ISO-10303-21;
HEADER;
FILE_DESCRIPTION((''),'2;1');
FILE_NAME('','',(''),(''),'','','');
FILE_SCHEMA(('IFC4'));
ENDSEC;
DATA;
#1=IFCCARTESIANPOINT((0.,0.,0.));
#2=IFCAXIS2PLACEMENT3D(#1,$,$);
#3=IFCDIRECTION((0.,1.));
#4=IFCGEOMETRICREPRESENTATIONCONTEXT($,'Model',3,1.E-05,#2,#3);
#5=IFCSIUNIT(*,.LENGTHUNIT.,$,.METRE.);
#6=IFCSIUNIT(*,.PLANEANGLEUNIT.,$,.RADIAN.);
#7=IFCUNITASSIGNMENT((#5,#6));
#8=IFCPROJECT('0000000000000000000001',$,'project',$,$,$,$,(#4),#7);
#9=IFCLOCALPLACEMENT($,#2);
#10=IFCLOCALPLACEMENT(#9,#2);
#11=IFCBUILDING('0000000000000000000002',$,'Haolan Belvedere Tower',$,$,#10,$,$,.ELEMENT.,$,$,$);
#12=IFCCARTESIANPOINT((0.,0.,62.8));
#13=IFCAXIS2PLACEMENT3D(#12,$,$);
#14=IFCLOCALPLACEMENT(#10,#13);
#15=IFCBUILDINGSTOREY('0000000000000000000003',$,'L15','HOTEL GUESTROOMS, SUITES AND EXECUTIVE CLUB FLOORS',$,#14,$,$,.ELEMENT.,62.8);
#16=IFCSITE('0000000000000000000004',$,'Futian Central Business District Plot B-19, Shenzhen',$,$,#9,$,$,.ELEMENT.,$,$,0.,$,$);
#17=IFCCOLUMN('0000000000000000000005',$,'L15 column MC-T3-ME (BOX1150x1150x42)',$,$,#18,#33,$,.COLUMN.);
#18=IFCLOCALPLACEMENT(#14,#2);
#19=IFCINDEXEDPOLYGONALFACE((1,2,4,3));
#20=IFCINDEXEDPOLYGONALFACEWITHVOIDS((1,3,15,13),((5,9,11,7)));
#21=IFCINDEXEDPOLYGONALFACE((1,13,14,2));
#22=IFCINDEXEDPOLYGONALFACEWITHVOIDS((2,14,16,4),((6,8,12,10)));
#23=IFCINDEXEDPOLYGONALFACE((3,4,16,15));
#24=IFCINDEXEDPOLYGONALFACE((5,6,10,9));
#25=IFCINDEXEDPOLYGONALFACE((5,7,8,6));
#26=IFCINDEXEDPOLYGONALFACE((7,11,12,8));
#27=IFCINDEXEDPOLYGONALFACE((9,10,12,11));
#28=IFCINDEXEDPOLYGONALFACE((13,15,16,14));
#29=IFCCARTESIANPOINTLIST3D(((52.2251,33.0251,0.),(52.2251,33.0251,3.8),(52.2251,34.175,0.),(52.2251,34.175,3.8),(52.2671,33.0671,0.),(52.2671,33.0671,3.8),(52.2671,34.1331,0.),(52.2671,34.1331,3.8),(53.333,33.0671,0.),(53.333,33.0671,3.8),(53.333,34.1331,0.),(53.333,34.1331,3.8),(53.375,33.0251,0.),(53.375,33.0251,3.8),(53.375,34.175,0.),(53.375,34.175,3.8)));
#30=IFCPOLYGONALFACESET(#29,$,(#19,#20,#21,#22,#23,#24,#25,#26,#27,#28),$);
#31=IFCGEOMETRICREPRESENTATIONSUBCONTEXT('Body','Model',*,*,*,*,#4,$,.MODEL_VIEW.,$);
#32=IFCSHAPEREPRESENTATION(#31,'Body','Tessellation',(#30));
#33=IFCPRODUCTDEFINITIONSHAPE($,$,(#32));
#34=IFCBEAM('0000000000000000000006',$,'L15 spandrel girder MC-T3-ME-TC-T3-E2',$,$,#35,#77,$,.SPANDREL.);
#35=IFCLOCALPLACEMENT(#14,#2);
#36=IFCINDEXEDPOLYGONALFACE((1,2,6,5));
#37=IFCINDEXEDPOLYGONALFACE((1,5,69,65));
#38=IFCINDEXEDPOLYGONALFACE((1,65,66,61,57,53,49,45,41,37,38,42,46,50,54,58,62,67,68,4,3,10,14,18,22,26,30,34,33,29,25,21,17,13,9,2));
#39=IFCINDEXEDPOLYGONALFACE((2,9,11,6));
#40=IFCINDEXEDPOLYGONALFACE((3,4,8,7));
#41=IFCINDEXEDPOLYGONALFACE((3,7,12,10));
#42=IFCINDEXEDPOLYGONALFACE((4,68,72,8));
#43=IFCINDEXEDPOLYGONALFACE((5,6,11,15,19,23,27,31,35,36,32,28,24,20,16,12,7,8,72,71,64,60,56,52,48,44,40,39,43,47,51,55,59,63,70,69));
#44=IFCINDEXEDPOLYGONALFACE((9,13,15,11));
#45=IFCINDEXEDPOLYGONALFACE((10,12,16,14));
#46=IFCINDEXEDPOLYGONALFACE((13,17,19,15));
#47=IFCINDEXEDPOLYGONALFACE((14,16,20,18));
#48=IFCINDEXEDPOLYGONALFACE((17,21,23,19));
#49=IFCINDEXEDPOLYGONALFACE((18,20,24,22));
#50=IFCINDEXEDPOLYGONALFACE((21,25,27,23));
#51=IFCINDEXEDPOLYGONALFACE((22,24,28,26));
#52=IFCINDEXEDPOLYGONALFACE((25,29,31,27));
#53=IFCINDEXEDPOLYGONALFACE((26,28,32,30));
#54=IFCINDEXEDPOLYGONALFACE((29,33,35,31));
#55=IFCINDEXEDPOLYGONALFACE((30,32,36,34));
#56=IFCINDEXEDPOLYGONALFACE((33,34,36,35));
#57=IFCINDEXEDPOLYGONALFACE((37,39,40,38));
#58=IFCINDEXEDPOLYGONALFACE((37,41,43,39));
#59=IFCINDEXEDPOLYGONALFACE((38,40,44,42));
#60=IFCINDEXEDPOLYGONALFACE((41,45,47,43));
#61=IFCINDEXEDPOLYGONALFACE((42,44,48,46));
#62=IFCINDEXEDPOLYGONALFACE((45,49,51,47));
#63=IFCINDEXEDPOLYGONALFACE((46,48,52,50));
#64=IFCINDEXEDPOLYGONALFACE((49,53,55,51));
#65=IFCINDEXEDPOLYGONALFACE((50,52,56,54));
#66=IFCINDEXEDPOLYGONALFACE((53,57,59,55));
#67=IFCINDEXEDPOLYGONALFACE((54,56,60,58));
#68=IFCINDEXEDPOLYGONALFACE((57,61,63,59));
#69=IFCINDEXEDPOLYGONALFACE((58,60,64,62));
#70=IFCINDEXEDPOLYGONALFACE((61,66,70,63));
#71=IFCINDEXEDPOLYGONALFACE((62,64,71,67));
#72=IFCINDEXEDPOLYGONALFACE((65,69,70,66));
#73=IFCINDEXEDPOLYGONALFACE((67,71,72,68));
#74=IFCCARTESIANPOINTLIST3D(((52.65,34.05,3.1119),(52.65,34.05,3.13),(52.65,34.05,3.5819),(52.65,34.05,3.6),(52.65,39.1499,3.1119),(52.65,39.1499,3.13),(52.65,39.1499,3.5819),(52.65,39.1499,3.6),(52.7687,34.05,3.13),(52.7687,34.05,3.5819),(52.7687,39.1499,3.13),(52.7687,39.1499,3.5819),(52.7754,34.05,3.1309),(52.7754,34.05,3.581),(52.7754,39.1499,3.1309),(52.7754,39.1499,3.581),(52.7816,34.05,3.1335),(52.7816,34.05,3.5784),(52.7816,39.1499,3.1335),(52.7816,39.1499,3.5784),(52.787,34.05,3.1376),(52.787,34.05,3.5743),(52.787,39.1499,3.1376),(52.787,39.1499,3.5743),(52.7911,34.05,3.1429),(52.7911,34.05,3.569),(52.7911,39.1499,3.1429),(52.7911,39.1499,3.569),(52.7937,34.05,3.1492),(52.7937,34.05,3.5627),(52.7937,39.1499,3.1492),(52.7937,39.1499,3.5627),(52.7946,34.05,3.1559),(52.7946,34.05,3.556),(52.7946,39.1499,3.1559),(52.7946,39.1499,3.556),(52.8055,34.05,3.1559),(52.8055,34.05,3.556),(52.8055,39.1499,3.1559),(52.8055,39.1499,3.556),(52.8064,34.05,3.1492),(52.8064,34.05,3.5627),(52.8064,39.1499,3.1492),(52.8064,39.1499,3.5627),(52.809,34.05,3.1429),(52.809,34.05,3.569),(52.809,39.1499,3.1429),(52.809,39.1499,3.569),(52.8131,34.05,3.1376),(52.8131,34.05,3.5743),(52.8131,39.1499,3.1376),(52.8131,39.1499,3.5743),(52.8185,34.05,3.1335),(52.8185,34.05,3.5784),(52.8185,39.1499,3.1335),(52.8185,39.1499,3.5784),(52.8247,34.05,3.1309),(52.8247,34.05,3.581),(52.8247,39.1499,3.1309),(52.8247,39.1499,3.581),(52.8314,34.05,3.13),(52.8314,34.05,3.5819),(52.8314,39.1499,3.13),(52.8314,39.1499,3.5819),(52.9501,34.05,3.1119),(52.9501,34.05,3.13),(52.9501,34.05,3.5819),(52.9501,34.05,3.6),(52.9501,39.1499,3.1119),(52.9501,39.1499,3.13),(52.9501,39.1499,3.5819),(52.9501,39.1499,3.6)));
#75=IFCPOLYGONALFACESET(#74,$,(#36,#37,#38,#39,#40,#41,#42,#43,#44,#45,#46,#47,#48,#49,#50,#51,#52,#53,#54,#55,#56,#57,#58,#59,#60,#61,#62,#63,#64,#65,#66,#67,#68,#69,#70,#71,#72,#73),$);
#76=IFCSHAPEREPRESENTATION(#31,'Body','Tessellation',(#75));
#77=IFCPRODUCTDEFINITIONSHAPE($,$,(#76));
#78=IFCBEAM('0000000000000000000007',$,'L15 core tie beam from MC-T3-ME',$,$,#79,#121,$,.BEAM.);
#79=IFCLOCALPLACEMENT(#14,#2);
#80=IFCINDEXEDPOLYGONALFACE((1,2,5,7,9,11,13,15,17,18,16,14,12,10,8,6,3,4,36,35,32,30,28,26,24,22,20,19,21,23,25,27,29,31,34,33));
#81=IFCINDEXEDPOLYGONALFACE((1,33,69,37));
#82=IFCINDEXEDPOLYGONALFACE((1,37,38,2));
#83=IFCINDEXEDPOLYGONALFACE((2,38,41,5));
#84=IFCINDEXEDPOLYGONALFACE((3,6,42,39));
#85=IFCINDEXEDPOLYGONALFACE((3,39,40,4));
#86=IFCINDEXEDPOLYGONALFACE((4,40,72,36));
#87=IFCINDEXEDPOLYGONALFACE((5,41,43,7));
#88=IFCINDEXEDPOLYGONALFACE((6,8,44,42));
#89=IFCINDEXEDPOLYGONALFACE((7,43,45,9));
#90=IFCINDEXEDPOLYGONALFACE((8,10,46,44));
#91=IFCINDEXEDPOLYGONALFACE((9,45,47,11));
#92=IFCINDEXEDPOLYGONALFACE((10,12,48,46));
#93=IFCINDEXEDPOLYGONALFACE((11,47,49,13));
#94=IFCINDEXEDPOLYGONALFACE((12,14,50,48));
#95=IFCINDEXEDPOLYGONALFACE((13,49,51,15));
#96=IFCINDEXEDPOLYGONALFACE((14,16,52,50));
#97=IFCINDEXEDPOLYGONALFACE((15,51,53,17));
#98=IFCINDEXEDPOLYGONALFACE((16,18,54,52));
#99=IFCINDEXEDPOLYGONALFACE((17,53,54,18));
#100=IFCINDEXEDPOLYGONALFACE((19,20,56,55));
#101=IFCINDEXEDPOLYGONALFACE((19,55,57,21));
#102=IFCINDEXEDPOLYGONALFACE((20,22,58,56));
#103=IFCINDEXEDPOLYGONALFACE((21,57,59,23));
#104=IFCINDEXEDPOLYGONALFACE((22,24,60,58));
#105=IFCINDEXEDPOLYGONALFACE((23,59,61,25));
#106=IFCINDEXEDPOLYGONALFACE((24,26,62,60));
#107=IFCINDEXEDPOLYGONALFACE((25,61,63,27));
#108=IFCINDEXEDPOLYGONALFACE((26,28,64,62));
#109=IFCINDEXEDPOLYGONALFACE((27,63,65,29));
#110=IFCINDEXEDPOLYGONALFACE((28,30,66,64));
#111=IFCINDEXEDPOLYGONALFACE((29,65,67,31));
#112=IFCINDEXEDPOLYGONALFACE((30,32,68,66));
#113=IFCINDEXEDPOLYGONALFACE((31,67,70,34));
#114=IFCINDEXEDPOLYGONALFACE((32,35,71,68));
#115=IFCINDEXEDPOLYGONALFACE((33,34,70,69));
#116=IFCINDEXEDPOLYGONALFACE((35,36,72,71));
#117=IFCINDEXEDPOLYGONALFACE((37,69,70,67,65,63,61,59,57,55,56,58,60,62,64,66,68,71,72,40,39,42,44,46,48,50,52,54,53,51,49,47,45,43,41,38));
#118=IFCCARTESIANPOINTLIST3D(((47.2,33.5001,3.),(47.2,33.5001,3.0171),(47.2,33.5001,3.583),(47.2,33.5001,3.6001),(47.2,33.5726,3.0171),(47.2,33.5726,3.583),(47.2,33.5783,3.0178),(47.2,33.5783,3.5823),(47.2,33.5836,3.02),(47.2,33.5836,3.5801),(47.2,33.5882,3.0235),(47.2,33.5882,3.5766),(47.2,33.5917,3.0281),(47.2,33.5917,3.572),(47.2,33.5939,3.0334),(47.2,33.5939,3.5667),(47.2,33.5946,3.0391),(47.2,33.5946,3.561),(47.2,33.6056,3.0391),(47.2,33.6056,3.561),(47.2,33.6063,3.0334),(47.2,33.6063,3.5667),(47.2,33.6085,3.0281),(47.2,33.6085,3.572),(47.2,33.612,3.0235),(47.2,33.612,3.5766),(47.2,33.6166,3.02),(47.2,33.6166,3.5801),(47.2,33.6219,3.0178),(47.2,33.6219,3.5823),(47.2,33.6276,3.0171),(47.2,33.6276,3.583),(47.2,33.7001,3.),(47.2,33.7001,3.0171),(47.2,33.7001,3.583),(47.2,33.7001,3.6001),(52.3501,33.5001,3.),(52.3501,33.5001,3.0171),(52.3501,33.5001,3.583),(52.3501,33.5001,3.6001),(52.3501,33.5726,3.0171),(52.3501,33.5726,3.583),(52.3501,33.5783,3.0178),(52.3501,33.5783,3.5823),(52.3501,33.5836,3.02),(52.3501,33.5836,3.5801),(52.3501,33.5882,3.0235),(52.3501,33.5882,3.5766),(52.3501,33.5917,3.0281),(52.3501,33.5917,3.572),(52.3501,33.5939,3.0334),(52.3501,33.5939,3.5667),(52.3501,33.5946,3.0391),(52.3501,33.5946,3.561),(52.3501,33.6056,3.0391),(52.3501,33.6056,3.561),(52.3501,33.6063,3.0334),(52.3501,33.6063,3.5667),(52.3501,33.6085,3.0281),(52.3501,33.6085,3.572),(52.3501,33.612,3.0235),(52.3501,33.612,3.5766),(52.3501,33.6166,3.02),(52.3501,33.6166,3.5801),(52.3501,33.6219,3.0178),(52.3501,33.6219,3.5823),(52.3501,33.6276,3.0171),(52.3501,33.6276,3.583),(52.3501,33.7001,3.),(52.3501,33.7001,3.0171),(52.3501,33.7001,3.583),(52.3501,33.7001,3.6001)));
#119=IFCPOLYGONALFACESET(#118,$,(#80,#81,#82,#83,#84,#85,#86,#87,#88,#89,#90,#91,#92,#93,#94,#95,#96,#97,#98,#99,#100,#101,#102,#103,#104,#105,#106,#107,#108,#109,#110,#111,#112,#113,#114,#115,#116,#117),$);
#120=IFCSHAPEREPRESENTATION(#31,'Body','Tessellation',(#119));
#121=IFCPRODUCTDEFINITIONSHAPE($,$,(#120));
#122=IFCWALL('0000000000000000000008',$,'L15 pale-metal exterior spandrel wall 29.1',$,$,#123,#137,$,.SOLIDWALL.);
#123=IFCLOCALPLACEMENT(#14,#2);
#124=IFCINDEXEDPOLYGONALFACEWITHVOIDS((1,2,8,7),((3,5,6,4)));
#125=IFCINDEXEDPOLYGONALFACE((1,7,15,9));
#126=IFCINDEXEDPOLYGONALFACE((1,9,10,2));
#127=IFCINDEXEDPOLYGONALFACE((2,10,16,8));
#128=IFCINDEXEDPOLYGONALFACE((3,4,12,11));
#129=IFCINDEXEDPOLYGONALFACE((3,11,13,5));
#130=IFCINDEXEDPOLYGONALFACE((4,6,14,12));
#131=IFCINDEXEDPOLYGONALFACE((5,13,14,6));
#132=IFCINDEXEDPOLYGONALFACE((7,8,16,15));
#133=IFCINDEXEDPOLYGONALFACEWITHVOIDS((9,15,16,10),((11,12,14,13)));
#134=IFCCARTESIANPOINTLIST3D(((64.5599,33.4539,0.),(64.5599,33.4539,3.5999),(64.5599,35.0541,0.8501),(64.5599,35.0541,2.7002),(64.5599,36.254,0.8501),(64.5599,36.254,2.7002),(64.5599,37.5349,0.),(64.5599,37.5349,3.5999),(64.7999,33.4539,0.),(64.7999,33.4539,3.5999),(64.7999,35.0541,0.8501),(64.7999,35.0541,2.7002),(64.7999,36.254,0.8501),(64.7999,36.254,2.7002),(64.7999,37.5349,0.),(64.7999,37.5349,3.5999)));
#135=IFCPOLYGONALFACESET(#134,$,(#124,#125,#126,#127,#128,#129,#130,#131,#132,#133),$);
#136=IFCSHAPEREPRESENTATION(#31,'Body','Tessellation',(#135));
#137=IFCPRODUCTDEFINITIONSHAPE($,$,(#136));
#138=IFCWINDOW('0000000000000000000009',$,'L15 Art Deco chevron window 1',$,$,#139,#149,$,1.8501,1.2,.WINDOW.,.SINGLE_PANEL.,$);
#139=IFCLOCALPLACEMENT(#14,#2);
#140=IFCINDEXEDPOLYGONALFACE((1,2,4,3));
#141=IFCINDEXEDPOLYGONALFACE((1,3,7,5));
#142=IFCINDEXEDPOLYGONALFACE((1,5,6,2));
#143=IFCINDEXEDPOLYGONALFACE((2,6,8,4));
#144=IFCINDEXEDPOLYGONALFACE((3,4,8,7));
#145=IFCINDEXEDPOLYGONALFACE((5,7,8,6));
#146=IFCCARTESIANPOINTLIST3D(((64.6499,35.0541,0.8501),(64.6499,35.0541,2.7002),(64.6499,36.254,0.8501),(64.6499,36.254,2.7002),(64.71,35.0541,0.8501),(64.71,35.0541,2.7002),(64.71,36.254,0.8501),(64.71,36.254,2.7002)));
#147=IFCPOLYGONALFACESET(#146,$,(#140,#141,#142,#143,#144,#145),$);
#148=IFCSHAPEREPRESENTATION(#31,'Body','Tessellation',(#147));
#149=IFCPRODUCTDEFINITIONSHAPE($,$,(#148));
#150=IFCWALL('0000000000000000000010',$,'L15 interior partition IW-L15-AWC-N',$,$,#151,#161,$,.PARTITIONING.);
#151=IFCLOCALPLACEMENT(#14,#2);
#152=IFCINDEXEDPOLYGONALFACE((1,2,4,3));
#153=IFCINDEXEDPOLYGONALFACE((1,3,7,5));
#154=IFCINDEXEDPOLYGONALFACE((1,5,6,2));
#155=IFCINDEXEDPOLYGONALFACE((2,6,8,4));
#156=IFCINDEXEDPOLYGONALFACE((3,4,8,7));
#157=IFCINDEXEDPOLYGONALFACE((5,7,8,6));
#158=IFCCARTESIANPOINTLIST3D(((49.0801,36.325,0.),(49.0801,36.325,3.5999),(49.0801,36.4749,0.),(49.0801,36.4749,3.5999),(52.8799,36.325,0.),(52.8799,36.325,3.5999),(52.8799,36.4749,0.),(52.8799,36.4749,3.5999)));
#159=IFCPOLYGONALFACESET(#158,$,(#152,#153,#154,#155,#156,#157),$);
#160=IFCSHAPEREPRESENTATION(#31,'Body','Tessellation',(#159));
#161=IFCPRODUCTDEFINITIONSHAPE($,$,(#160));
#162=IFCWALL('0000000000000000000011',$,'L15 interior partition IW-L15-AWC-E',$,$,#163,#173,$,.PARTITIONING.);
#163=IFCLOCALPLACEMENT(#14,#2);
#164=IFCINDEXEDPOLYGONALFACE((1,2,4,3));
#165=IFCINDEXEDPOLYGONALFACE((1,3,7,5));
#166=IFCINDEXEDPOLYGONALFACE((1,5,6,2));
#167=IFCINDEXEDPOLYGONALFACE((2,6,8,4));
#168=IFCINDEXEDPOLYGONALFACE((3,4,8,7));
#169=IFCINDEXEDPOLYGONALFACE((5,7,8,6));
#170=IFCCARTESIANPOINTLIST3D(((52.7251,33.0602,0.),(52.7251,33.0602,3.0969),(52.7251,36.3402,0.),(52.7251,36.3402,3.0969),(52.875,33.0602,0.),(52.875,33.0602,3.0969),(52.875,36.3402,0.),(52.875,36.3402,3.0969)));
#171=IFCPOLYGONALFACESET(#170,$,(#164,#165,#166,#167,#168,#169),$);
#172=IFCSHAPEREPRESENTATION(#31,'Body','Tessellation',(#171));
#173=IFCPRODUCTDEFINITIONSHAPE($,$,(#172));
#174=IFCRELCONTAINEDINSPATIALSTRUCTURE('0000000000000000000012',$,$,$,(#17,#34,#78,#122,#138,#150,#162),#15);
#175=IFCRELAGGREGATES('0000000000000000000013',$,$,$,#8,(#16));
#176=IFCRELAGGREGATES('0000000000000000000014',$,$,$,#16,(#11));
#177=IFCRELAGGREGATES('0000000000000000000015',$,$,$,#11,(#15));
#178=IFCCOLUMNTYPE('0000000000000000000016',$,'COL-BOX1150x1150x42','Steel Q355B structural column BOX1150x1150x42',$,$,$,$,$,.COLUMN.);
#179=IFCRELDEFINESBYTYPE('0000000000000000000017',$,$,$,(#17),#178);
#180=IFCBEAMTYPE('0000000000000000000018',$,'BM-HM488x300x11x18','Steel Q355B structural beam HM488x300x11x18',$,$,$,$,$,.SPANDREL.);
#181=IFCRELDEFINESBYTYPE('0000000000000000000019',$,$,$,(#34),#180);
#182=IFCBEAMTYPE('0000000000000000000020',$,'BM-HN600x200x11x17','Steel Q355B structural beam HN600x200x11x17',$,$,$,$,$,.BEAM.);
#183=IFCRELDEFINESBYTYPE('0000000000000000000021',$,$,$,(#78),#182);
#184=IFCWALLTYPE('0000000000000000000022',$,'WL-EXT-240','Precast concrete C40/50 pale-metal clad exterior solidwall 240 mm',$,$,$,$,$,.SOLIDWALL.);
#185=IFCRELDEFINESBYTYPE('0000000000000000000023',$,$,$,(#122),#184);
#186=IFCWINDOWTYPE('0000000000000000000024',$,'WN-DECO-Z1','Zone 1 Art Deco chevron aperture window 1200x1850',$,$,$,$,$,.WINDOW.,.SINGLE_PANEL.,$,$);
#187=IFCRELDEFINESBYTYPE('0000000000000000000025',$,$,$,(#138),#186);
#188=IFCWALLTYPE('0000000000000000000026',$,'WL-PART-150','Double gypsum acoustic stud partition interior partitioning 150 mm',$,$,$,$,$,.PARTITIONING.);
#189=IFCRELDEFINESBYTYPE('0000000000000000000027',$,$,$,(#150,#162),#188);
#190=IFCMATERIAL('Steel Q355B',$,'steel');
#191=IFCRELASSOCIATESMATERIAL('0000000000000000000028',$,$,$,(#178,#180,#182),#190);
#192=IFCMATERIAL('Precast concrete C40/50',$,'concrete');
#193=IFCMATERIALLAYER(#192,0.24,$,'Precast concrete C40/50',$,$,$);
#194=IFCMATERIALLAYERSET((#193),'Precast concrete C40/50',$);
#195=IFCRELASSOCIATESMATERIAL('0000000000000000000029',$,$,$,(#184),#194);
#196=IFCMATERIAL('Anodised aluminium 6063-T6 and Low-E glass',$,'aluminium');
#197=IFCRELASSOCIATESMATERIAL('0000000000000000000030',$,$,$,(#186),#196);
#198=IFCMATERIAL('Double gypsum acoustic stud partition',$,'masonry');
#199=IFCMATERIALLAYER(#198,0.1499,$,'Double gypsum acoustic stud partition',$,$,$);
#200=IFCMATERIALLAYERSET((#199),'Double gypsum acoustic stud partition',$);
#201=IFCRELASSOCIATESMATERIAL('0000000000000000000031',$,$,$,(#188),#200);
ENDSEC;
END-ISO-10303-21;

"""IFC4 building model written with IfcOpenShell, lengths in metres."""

from ifc_helpers import new_model, si_unit, direction, frame, frame_2d, origin, origin_2d, place, context, subcontext, project, spatial, rectangle, hollow_rectangle, i_section, extrude, material, layer, layer_set, material_profile, profile_set, type_object, element, fill, save


model = new_model("IFC4")

# Units and contexts
model_context = context("Model", 3, precision=1e-05, world=origin(), true_north=direction((0.0, 1.0)))
body_context = subcontext(model_context, "Body", "Model", "MODEL_VIEW")
ifc_project = project(units=[si_unit("LENGTHUNIT", "METRE"), si_unit("PLANEANGLEUNIT", "RADIAN")], contexts=[model_context])

# Site, building, storey
site_placement = place(None, origin())
site = spatial("IfcSite", under=ifc_project, at=site_placement, Name="Futian Central Business District Plot B-19, Shenzhen", CompositionType="ELEMENT", RefElevation=0.0)
building_placement = place(site_placement, origin())
building = spatial("IfcBuilding", under=site, at=building_placement, Name="Haolan Belvedere Tower", CompositionType="ELEMENT")
storey_placement = place(building_placement, frame((0.0, 0.0, 62.8)))
storey = spatial("IfcBuildingStorey", under=building, at=storey_placement, Name="L15", Description="HOTEL GUESTROOMS, SUITES AND EXECUTIVE CLUB FLOORS", CompositionType="ELEMENT", Elevation=62.8)

# Column
ifc_material_1 = material(Name="Steel Q355B", Category="steel")
ifc_material_profile_1 = material_profile(ifc_material_1, hollow_rectangle(XDim=1.1499, YDim=1.1499, WallThickness=0.042, at=origin_2d()), Name="Steel Q355B")
ifc_profile_set_1 = profile_set([ifc_material_profile_1], Name="Steel Q355B")
column_type = type_object("IfcColumnType", Name="COL-BOX1150x1150x42", Description="Steel Q355B structural column BOX1150x1150x42", PredefinedType="COLUMN", material=ifc_profile_set_1)
column_placement = place(storey_placement, frame((52.8, 33.6001, 0.0), z_axis=(0.0, 0.0, 1.0), x_axis=(1.0, 0.0, 0.0)))
element("IfcColumn", 1, at=column_placement, inside=storey, type_object=column_type, Name="L15 column MC-T3-ME (BOX1150x1150x42)", PredefinedType="COLUMN", context=body_context, shape_type="SweptSolid", body=[
    extrude(hollow_rectangle(XDim=1.1499, YDim=1.1499, WallThickness=0.042, at=origin_2d()), origin(), (0.0, 0.0, 1.0), 3.8),
])

# Beams
ifc_material_profile_2 = material_profile(ifc_material_1, i_section(OverallWidth=0.3, OverallDepth=0.488, WebThickness=0.011, FlangeThickness=0.0181, FilletRadius=0.0259, at=origin_2d()), Name="Steel Q355B")
ifc_profile_set_2 = profile_set([ifc_material_profile_2], Name="Steel Q355B")
beam_type_1 = type_object("IfcBeamType", Name="BM-HM488x300x11x18", Description="Steel Q355B structural beam HM488x300x11x18", PredefinedType="SPANDREL", material=ifc_profile_set_2)
beam_1_placement = place(storey_placement, frame((52.8, 34.05, 3.356), z_axis=(0.0, 1.0, 0.0), x_axis=(-1.0, 0.0, 0.0)))
element("IfcBeam", 2, at=beam_1_placement, inside=storey, type_object=beam_type_1, Name="L15 spandrel girder MC-T3-ME-TC-T3-E2", PredefinedType="SPANDREL", context=body_context, shape_type="SweptSolid", body=[
    extrude(i_section(OverallWidth=0.3, OverallDepth=0.488, WebThickness=0.011, FlangeThickness=0.0181, FilletRadius=0.0259, at=origin_2d()), origin(), (0.0, 0.0, 1.0), 5.0999),
])
ifc_material_profile_3 = material_profile(ifc_material_1, i_section(OverallWidth=0.2, OverallDepth=0.6001, WebThickness=0.011, FlangeThickness=0.0171, FilletRadius=0.022, at=origin_2d()), Name="Steel Q355B")
ifc_profile_set_3 = profile_set([ifc_material_profile_3], Name="Steel Q355B")
beam_type_2 = type_object("IfcBeamType", Name="BM-HN600x200x11x17", Description="Steel Q355B structural beam HN600x200x11x17", PredefinedType="BEAM", material=ifc_profile_set_3)
beam_2_placement = place(storey_placement, frame((52.3501, 33.6001, 3.3), z_axis=(-1.0, 0.0, 0.0), x_axis=(0.0, -1.0, 0.0)))
element("IfcBeam", 3, at=beam_2_placement, inside=storey, type_object=beam_type_2, Name="L15 core tie beam from MC-T3-ME", PredefinedType="BEAM", context=body_context, shape_type="SweptSolid", body=[
    extrude(i_section(OverallWidth=0.2, OverallDepth=0.6001, WebThickness=0.011, FlangeThickness=0.0171, FilletRadius=0.022, at=origin_2d()), origin(), (0.0, 0.0, 1.0), 5.1501),
])

# Wall, opening, window
ifc_material_2 = material(Name="Precast concrete C40/50", Category="concrete")
ifc_layer_1 = layer(ifc_material_2, 0.24, Name="Precast concrete C40/50")
ifc_layer_set_1 = layer_set([ifc_layer_1], Name="Precast concrete C40/50")
wall_type_1 = type_object("IfcWallType", Name="WL-EXT-240", Description="Precast concrete C40/50 pale-metal clad exterior solidwall 240 mm", PredefinedType="SOLIDWALL", material=ifc_layer_set_1)
wall_1_placement = place(storey_placement, frame((64.6799, 33.4539, 0.0), z_axis=(0.0, 0.0, 1.0), x_axis=(0.0, 1.0, 0.0)))
wall_1 = element("IfcWall", 4, at=wall_1_placement, inside=storey, type_object=wall_type_1, Name="L15 pale-metal exterior spandrel wall 29.1", PredefinedType="SOLIDWALL", context=body_context, shape_type="SweptSolid", body=[
    extrude(rectangle(XDim=4.0811, YDim=0.24, at=frame_2d((2.0405, 0.0))), origin(), (0.0, 0.0, 1.0), 3.5999),
])
opening_1_placement = place(wall_1_placement, frame((1.6001, 0.0, 0.8501)))
opening_1 = element("IfcOpeningElement", 5, at=opening_1_placement, cuts=wall_1, PredefinedType="OPENING", context=body_context, shape_type="SweptSolid", body=[
    extrude(rectangle(XDim=1.2, YDim=1.8501, at=frame_2d((0.6001, 0.925))), frame((0.0, 0.1299, 0.0), z_axis=(0.0, -1.0, 0.0), x_axis=(1.0, 0.0, 0.0)), (0.0, 0.0, 1.0), 0.26),
])
ifc_material_3 = material(Name="Anodised aluminium 6063-T6 and Low-E glass", Category="aluminium")
window_type = type_object("IfcWindowType", Name="WN-DECO-Z1", Description="Zone 1 Art Deco chevron aperture window 1200x1850", PartitioningType="SINGLE_PANEL", PredefinedType="WINDOW", material=ifc_material_3)
window_placement = place(opening_1_placement, origin())
window = element("IfcWindow", 6, at=window_placement, inside=storey, type_object=window_type, Name="L15 Art Deco chevron window 1", OverallHeight=1.8501, OverallWidth=1.2, PartitioningType="SINGLE_PANEL", PredefinedType="WINDOW", context=body_context, shape_type="SweptSolid", body=[
    extrude(rectangle(XDim=1.2, YDim=1.8501, at=frame_2d((0.6001, 0.925))), frame((0.0, 0.03, 0.0), z_axis=(0.0, -1.0, 0.0), x_axis=(1.0, 0.0, 0.0)), (0.0, 0.0, 1.0), 0.0601),
])
fill(opening_1, window)

# Wall
ifc_material_4 = material(Name="Double gypsum acoustic stud partition", Category="masonry")
ifc_layer_2 = layer(ifc_material_4, 0.1499, Name="Double gypsum acoustic stud partition")
ifc_layer_set_2 = layer_set([ifc_layer_2], Name="Double gypsum acoustic stud partition")
wall_type_2 = type_object("IfcWallType", Name="WL-PART-150", Description="Double gypsum acoustic stud partition interior partitioning 150 mm", PredefinedType="PARTITIONING", material=ifc_layer_set_2)
wall_2_placement = place(storey_placement, frame((49.0801, 36.3999, 0.0), z_axis=(0.0, 0.0, 1.0), x_axis=(1.0, 0.0, 0.0)))
element("IfcWall", 7, at=wall_2_placement, inside=storey, type_object=wall_type_2, Name="L15 interior partition IW-L15-AWC-N", PredefinedType="PARTITIONING", context=body_context, shape_type="SweptSolid", body=[
    extrude(rectangle(XDim=3.7998, YDim=0.1499, at=frame_2d((1.8999, 0.0))), origin(), (0.0, 0.0, 1.0), 3.5999),
])

# Wall
wall_3_placement = place(storey_placement, frame((52.8, 33.0601, 0.0), z_axis=(0.0, 0.0, 1.0), x_axis=(0.0, 1.0, 0.0)))
element("IfcWall", 8, at=wall_3_placement, inside=storey, type_object=wall_type_2, Name="L15 interior partition IW-L15-AWC-E", PredefinedType="PARTITIONING", context=body_context, shape_type="SweptSolid", body=[
    extrude(rectangle(XDim=3.28, YDim=0.1499, at=frame_2d((1.6401, 0.0))), origin(), (0.0, 0.0, 1.0), 3.0969),
])

save(model, "model.ifc")
